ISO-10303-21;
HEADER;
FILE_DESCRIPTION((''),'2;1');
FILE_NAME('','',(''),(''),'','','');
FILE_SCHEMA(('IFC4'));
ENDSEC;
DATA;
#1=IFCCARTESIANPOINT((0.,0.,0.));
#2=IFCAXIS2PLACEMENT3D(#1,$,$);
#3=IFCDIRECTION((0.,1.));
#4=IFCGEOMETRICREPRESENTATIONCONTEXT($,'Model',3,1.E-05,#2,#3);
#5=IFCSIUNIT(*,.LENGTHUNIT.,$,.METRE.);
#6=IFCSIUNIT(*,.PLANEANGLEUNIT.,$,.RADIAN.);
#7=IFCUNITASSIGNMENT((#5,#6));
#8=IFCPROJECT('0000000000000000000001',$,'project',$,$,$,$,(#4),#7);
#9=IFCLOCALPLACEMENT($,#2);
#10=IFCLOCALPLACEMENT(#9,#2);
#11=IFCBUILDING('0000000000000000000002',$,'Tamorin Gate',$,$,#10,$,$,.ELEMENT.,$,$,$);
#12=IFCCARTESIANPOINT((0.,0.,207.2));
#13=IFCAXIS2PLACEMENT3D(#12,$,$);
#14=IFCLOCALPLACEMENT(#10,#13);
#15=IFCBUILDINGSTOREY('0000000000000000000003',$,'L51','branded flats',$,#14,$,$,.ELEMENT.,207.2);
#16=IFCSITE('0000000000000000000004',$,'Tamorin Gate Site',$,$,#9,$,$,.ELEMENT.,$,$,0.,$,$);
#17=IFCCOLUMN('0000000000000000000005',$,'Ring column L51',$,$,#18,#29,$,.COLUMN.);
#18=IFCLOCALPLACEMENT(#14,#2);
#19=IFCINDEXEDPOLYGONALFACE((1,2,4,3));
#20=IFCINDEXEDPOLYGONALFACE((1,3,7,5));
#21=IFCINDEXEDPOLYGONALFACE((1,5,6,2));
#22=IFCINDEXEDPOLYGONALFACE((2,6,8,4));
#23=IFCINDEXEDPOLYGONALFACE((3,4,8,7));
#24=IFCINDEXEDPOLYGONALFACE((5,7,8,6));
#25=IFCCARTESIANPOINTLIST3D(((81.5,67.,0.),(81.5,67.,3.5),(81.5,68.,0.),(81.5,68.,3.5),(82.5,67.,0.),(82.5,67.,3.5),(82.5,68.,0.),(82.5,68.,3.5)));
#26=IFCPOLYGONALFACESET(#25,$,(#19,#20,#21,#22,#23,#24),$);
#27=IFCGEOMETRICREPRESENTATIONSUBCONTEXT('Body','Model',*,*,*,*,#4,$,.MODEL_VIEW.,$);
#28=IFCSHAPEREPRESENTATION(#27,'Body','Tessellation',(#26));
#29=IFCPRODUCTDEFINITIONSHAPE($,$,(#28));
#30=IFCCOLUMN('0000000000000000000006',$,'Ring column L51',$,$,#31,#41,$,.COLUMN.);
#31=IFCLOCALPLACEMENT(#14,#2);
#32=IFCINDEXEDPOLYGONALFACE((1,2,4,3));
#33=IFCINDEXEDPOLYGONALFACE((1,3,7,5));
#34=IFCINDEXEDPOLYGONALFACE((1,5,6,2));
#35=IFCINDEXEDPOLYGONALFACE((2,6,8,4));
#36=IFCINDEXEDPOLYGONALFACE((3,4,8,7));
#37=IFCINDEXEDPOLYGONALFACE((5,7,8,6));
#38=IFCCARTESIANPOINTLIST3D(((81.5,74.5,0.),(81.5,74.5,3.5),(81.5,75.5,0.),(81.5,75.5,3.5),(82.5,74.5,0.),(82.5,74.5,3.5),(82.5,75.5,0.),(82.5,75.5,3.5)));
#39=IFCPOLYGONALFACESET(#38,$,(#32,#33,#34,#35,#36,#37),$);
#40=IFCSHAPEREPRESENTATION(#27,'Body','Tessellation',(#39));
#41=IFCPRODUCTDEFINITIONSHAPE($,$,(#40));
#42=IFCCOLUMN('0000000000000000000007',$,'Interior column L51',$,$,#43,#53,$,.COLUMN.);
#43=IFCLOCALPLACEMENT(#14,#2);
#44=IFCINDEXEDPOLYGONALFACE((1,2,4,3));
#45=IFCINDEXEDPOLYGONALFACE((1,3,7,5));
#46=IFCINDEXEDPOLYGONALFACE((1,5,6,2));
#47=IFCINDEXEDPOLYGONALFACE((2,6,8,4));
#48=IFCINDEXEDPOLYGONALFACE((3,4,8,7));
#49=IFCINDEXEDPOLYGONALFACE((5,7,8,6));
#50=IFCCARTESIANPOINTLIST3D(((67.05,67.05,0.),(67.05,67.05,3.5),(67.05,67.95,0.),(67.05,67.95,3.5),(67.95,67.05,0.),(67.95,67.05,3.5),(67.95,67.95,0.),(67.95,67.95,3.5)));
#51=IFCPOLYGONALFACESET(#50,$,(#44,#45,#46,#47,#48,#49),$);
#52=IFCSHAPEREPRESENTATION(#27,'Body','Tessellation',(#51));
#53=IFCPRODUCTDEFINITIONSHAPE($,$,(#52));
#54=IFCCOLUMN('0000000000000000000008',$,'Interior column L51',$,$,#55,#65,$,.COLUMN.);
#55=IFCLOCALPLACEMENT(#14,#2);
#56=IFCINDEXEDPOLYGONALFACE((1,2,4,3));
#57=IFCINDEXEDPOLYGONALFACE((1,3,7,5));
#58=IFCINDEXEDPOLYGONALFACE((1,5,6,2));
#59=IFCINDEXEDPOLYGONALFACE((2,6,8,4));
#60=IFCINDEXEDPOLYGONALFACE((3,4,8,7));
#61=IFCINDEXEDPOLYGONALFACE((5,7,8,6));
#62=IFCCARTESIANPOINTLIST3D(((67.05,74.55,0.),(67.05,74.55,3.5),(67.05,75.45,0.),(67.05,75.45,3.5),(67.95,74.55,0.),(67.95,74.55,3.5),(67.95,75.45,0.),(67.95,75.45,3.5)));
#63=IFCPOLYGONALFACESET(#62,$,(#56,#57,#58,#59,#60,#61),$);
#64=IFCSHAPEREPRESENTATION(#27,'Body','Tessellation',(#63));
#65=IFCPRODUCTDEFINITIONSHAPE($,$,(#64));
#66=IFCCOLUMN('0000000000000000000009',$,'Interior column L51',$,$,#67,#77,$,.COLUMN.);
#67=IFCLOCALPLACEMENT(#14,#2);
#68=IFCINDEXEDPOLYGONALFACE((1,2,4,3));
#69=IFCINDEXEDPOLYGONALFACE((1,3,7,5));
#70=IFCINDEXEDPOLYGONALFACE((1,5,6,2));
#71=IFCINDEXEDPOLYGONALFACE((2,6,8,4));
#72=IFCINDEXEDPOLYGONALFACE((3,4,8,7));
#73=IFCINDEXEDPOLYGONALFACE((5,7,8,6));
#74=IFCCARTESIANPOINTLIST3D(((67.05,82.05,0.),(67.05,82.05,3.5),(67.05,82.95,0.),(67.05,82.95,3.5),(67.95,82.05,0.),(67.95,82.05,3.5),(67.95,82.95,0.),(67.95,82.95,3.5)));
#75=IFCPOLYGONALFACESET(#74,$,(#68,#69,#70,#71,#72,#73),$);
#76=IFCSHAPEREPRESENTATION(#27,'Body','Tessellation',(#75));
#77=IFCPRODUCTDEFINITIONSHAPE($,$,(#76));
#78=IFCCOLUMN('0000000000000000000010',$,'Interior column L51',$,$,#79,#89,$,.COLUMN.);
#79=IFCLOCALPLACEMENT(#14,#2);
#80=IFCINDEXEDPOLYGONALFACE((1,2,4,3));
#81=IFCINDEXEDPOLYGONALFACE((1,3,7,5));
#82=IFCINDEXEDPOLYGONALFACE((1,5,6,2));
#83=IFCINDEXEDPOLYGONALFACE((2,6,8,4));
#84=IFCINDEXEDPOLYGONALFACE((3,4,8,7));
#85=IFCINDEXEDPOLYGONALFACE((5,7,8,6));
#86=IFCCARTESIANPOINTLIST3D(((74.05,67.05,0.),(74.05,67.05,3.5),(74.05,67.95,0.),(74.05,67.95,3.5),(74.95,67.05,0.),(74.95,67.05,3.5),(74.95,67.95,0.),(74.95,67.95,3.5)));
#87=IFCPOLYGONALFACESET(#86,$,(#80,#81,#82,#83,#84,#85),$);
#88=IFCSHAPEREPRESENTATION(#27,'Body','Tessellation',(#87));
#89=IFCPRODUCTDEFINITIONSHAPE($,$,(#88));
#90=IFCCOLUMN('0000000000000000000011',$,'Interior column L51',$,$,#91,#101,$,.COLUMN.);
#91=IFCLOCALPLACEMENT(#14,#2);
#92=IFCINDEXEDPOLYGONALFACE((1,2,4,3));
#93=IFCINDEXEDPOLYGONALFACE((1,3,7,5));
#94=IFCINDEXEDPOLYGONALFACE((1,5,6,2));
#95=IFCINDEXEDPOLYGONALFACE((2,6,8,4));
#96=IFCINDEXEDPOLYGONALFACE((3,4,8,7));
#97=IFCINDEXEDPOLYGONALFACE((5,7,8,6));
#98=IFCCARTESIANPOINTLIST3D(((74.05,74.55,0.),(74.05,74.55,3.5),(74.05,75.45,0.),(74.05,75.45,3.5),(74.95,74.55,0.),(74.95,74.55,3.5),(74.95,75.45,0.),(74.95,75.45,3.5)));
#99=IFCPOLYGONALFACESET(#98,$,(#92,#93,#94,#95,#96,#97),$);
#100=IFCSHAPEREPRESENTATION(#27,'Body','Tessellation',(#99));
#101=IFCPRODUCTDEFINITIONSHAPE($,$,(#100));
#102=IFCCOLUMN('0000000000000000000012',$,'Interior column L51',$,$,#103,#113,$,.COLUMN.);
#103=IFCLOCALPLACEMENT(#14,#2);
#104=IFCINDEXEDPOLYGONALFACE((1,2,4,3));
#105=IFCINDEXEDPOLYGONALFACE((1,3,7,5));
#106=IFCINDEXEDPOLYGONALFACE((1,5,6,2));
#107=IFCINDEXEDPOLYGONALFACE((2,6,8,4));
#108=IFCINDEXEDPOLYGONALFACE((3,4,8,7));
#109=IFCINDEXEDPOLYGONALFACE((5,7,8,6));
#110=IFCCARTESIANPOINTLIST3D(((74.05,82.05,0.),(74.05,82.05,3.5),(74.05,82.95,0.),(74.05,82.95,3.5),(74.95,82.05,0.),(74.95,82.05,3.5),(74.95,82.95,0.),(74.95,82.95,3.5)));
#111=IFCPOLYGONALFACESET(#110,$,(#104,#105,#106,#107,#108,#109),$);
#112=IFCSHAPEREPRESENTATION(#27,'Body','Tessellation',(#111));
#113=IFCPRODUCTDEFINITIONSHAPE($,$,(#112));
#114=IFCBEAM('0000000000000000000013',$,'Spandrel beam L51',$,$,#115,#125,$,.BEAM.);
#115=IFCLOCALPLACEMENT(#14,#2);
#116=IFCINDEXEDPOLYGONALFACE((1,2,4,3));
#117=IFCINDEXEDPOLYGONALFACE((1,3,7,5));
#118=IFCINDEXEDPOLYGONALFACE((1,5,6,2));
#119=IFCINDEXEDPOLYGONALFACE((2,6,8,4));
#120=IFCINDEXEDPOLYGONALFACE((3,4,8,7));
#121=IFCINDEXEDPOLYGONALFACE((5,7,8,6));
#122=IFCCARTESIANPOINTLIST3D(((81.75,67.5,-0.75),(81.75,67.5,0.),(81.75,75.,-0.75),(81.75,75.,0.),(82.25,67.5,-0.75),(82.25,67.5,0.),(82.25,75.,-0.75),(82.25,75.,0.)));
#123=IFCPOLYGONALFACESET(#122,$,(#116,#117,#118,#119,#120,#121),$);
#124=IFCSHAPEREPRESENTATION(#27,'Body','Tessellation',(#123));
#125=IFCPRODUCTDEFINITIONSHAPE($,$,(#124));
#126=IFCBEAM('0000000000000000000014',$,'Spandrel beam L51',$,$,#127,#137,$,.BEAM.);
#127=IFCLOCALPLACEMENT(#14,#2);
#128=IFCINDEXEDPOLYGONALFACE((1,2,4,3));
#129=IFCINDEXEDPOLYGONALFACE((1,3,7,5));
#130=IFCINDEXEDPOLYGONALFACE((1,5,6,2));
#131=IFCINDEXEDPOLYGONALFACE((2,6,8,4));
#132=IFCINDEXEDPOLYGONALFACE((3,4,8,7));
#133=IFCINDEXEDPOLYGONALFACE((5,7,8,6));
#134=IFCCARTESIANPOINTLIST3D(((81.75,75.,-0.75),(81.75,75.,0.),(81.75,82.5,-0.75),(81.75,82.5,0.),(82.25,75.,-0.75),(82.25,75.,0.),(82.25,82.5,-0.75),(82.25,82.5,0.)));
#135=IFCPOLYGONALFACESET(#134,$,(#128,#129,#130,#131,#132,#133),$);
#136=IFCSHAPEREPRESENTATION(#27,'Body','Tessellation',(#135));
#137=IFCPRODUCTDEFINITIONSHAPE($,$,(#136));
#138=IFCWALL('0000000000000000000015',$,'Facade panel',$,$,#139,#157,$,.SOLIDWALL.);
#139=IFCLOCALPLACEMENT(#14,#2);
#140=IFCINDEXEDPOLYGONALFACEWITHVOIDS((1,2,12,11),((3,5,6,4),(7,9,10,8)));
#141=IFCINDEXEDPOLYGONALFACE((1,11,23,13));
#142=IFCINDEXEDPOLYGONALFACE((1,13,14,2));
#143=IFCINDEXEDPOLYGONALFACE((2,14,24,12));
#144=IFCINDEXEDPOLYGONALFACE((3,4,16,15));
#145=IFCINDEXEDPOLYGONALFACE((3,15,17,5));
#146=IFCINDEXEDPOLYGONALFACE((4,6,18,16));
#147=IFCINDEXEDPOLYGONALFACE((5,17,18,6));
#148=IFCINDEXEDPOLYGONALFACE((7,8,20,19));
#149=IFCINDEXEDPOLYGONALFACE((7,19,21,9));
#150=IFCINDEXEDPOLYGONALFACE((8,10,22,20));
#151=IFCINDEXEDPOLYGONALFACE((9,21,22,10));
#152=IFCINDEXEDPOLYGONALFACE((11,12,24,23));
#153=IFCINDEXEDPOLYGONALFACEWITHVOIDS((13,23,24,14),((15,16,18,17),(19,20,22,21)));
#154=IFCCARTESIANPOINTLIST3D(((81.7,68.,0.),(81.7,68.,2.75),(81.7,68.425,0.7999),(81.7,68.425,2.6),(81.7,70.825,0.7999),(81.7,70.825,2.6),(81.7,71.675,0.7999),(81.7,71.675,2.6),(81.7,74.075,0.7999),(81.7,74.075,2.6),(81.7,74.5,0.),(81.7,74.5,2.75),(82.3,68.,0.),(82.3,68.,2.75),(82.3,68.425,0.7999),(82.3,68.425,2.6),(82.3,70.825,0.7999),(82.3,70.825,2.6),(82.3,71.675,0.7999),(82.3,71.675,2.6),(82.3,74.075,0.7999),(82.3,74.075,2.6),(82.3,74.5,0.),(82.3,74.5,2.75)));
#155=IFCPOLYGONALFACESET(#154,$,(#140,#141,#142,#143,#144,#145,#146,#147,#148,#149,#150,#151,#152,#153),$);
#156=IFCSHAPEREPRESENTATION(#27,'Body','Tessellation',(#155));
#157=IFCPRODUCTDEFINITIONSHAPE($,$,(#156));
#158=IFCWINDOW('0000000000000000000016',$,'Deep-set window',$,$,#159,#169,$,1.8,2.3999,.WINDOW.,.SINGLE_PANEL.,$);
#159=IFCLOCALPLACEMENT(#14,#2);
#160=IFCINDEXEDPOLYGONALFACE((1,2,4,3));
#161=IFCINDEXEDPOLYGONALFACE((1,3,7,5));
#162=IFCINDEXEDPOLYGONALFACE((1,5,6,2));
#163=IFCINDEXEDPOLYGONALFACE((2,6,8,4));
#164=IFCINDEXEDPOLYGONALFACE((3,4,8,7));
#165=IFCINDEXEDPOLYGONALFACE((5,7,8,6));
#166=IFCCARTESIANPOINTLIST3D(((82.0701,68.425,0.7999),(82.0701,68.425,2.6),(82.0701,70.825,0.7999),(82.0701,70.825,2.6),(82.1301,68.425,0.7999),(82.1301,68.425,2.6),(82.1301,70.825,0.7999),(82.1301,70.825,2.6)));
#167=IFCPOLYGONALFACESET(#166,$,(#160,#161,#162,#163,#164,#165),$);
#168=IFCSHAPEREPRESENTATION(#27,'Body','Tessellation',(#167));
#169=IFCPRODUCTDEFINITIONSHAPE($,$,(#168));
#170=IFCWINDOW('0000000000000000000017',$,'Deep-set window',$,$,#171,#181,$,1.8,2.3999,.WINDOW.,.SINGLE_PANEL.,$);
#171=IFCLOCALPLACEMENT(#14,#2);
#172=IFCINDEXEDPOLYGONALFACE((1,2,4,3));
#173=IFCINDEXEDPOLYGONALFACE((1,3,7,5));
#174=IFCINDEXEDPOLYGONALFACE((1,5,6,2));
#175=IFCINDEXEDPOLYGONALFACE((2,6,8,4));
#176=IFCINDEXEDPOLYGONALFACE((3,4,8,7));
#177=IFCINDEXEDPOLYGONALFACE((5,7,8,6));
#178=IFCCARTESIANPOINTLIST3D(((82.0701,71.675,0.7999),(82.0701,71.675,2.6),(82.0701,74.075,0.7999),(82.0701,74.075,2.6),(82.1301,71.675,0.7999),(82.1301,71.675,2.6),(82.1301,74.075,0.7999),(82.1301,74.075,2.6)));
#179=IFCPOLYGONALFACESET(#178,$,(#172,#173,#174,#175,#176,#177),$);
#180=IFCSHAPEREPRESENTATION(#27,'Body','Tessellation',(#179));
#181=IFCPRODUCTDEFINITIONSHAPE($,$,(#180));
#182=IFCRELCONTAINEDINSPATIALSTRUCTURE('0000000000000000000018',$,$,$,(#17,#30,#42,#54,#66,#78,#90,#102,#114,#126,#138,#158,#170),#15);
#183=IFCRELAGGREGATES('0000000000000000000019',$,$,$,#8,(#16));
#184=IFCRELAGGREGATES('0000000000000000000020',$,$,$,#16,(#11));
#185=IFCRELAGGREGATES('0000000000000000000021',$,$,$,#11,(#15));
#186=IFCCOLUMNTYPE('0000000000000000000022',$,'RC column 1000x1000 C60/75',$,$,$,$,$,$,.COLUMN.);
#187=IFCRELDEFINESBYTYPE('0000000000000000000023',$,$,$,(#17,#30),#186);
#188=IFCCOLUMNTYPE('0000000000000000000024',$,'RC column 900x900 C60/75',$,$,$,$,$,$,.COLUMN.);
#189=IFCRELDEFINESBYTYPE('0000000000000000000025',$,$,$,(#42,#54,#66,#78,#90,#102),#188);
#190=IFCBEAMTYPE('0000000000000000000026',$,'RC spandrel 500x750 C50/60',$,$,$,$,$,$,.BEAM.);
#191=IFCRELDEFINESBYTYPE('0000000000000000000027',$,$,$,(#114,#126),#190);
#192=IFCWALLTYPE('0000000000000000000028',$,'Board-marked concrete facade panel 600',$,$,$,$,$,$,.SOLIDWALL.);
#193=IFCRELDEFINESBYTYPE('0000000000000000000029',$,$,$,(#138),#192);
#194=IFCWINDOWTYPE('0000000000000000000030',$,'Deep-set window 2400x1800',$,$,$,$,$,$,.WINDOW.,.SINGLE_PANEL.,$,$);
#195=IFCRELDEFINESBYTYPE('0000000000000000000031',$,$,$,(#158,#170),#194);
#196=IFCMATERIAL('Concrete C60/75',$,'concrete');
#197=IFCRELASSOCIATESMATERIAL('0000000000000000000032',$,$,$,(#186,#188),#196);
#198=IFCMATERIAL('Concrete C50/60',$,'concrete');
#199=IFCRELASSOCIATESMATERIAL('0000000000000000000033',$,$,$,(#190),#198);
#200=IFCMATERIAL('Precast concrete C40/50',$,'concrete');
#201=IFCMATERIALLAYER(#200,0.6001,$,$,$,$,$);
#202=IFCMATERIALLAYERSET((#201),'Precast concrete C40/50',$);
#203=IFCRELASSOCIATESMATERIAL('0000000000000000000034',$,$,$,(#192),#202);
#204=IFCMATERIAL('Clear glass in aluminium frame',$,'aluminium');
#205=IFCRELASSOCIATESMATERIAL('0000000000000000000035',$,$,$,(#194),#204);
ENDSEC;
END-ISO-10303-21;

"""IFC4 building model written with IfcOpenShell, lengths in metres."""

from ifc_helpers import new_model, si_unit, direction, frame, frame_2d, origin, origin_2d, place, context, subcontext, project, spatial, rectangle, extrude, material, layer, layer_set, material_profile, profile_set, type_object, element, fill, save


model = new_model("IFC4")

# Units and contexts
model_context = context("Model", 3, precision=1e-05, world=origin(), true_north=direction((0.0, 1.0)))
body_context = subcontext(model_context, "Body", "Model", "MODEL_VIEW")
ifc_project = project(units=[si_unit("LENGTHUNIT", "METRE"), si_unit("PLANEANGLEUNIT", "RADIAN")], contexts=[model_context])

# Site, building, storey
site_placement = place(None, origin())
site = spatial("IfcSite", under=ifc_project, at=site_placement, Name="Tamorin Gate Site", CompositionType="ELEMENT", RefElevation=0.0)
building_placement = place(site_placement, origin())
building = spatial("IfcBuilding", under=site, at=building_placement, Name="Tamorin Gate", CompositionType="ELEMENT")
storey_placement = place(building_placement, frame((0.0, 0.0, 207.2)))
storey = spatial("IfcBuildingStorey", under=building, at=storey_placement, Name="L51", Description="branded flats", CompositionType="ELEMENT", Elevation=207.2)

# Columns
ifc_material_1 = material(Name="Concrete C60/75", Category="concrete")
ifc_material_profile_1 = material_profile(ifc_material_1, rectangle(XDim=1.0, YDim=1.0, at=origin_2d()), Name="RC 1000x1000")
ifc_profile_set_1 = profile_set([ifc_material_profile_1], Name="Concrete C60/75")
column_type_1 = type_object("IfcColumnType", Name="RC column 1000x1000 C60/75", PredefinedType="COLUMN", material=ifc_profile_set_1)
for number, where, z_axis, x_axis, name in (
    (1, (82.0, 67.5, 0.0), (0.0, 0.0, 1.0), (1.0, 0.0, 0.0), "Ring column L51"),
    (2, (82.0, 75.0, 0.0), (0.0, 0.0, 1.0), (1.0, 0.0, 0.0), "Ring column L51"),
):
    element("IfcColumn", number, at=place(storey_placement, frame(where, z_axis=z_axis, x_axis=x_axis)), inside=storey, type_object=column_type_1, Name=name, PredefinedType="COLUMN", context=body_context, shape_type="SweptSolid", body=[
        extrude(rectangle(XDim=1.0, YDim=1.0, at=origin_2d()), origin(), (0.0, 0.0, 1.0), 3.5),
    ])
ifc_material_profile_2 = material_profile(ifc_material_1, rectangle(XDim=0.8999, YDim=0.8999, at=origin_2d()), Name="RC 900x900")
ifc_profile_set_2 = profile_set([ifc_material_profile_2], Name="Concrete C60/75")
column_type_2 = type_object("IfcColumnType", Name="RC column 900x900 C60/75", PredefinedType="COLUMN", material=ifc_profile_set_2)
for number, where, z_axis, x_axis, name in (
    (3, (67.5, 67.5, 0.0), (0.0, 0.0, 1.0), (1.0, 0.0, 0.0), "Interior column L51"),
    (4, (67.5, 75.0, 0.0), (0.0, 0.0, 1.0), (1.0, 0.0, 0.0), "Interior column L51"),
    (5, (67.5, 82.5, 0.0), (0.0, 0.0, 1.0), (1.0, 0.0, 0.0), "Interior column L51"),
    (6, (74.5, 67.5, 0.0), (0.0, 0.0, 1.0), (1.0, 0.0, 0.0), "Interior column L51"),
    (7, (74.5, 75.0, 0.0), (0.0, 0.0, 1.0), (1.0, 0.0, 0.0), "Interior column L51"),
    (8, (74.5, 82.5, 0.0), (0.0, 0.0, 1.0), (1.0, 0.0, 0.0), "Interior column L51"),
):
    element("IfcColumn", number, at=place(storey_placement, frame(where, z_axis=z_axis, x_axis=x_axis)), inside=storey, type_object=column_type_2, Name=name, PredefinedType="COLUMN", context=body_context, shape_type="SweptSolid", body=[
        extrude(rectangle(XDim=0.8999, YDim=0.8999, at=origin_2d()), origin(), (0.0, 0.0, 1.0), 3.5),
    ])

# Beams
ifc_material_2 = material(Name="Concrete C50/60", Category="concrete")
ifc_material_profile_3 = material_profile(ifc_material_2, rectangle(XDim=0.5, YDim=0.75, at=origin_2d()), Name="RC 500x750")
ifc_profile_set_3 = profile_set([ifc_material_profile_3], Name="Concrete C50/60")
beam_type = type_object("IfcBeamType", Name="RC spandrel 500x750 C50/60", PredefinedType="BEAM", material=ifc_profile_set_3)
for number, where, z_axis, x_axis, name in (
    (9, (82.0, 67.5, -0.375), (0.0, 1.0, 0.0), (-1.0, 0.0, 0.0), "Spandrel beam L51"),
    (10, (82.0, 75.0, -0.375), (0.0, 1.0, 0.0), (-1.0, 0.0, 0.0), "Spandrel beam L51"),
):
    element("IfcBeam", number, at=place(storey_placement, frame(where, z_axis=z_axis, x_axis=x_axis)), inside=storey, type_object=beam_type, Name=name, PredefinedType="BEAM", context=body_context, shape_type="SweptSolid", body=[
        extrude(rectangle(XDim=0.5, YDim=0.75, at=origin_2d()), origin(), (0.0, 0.0, 1.0), 7.5),
    ])

# Wall, openings, windows
ifc_material_3 = material(Name="Precast concrete C40/50", Category="concrete")
ifc_layer_1 = layer(ifc_material_3, 0.6001)
ifc_layer_set_1 = layer_set([ifc_layer_1], Name="Precast concrete C40/50")
wall_type_1 = type_object("IfcWallType", Name="Board-marked concrete facade panel 600", PredefinedType="SOLIDWALL", material=ifc_layer_set_1)
wall_1_placement = place(storey_placement, frame((82.0, 68.0, 0.0), z_axis=(0.0, 0.0, 1.0), x_axis=(0.0, 1.0, 0.0)))
wall_1 = element("IfcWall", 11, at=wall_1_placement, inside=storey, type_object=wall_type_1, Name="Facade panel", PredefinedType="SOLIDWALL", context=body_context, shape_type="SweptSolid", body=[
    extrude(rectangle(XDim=6.5, YDim=0.6001, at=frame_2d((3.25, 0.0))), origin(), (0.0, 0.0, 1.0), 2.75),
])
opening_1_placement = place(wall_1_placement, frame((0.425, 0.0, 0.8)))
opening_1 = element("IfcOpeningElement", 12, at=opening_1_placement, cuts=wall_1, PredefinedType="OPENING", context=body_context, shape_type="SweptSolid", body=[
    extrude(rectangle(XDim=2.3999, YDim=1.8, at=frame_2d((1.2, 0.8999))), frame((0.0, 0.3101, 0.0), z_axis=(0.0, -1.0, 0.0), x_axis=(1.0, 0.0, 0.0)), (0.0, 0.0, 1.0), 0.6201),
])
opening_2_placement = place(wall_1_placement, frame((3.675, 0.0, 0.8)))
opening_2 = element("IfcOpeningElement", 13, at=opening_2_placement, cuts=wall_1, PredefinedType="OPENING", context=body_context, shape_type="SweptSolid", body=[
    extrude(rectangle(XDim=2.3999, YDim=1.8, at=frame_2d((1.2, 0.8999))), frame((0.0, 0.3101, 0.0), z_axis=(0.0, -1.0, 0.0), x_axis=(1.0, 0.0, 0.0)), (0.0, 0.0, 1.0), 0.6201),
])
ifc_material_4 = material(Name="Clear glass in aluminium frame", Category="aluminium")
window_type = type_object("IfcWindowType", Name="Deep-set window 2400x1800", PartitioningType="SINGLE_PANEL", PredefinedType="WINDOW", material=ifc_material_4)
window_1_placement = place(opening_1_placement, origin())
window_1 = element("IfcWindow", 14, at=window_1_placement, inside=storey, type_object=window_type, Name="Deep-set window", OverallHeight=1.8, OverallWidth=2.3999, PartitioningType="SINGLE_PANEL", PredefinedType="WINDOW", context=body_context, shape_type="SweptSolid", body=[
    extrude(rectangle(XDim=2.3999, YDim=1.8, at=frame_2d((1.2, 0.8999))), frame((0.0, -0.0701, 0.0), z_axis=(0.0, -1.0, 0.0), x_axis=(1.0, 0.0, 0.0)), (0.0, 0.0, 1.0), 0.0601),
])
fill(opening_1, window_1)
window_2_placement = place(opening_2_placement, origin())
window_2 = element("IfcWindow", 15, at=window_2_placement, inside=storey, type_object=window_type, Name="Deep-set window", OverallHeight=1.8, OverallWidth=2.3999, PartitioningType="SINGLE_PANEL", PredefinedType="WINDOW", context=body_context, shape_type="SweptSolid", body=[
    extrude(rectangle(XDim=2.3999, YDim=1.8, at=frame_2d((1.2, 0.8999))), frame((0.0, -0.0701, 0.0), z_axis=(0.0, -1.0, 0.0), x_axis=(1.0, 0.0, 0.0)), (0.0, 0.0, 1.0), 0.0601),
])
fill(opening_2, window_2)

save(model, "model.ifc")
